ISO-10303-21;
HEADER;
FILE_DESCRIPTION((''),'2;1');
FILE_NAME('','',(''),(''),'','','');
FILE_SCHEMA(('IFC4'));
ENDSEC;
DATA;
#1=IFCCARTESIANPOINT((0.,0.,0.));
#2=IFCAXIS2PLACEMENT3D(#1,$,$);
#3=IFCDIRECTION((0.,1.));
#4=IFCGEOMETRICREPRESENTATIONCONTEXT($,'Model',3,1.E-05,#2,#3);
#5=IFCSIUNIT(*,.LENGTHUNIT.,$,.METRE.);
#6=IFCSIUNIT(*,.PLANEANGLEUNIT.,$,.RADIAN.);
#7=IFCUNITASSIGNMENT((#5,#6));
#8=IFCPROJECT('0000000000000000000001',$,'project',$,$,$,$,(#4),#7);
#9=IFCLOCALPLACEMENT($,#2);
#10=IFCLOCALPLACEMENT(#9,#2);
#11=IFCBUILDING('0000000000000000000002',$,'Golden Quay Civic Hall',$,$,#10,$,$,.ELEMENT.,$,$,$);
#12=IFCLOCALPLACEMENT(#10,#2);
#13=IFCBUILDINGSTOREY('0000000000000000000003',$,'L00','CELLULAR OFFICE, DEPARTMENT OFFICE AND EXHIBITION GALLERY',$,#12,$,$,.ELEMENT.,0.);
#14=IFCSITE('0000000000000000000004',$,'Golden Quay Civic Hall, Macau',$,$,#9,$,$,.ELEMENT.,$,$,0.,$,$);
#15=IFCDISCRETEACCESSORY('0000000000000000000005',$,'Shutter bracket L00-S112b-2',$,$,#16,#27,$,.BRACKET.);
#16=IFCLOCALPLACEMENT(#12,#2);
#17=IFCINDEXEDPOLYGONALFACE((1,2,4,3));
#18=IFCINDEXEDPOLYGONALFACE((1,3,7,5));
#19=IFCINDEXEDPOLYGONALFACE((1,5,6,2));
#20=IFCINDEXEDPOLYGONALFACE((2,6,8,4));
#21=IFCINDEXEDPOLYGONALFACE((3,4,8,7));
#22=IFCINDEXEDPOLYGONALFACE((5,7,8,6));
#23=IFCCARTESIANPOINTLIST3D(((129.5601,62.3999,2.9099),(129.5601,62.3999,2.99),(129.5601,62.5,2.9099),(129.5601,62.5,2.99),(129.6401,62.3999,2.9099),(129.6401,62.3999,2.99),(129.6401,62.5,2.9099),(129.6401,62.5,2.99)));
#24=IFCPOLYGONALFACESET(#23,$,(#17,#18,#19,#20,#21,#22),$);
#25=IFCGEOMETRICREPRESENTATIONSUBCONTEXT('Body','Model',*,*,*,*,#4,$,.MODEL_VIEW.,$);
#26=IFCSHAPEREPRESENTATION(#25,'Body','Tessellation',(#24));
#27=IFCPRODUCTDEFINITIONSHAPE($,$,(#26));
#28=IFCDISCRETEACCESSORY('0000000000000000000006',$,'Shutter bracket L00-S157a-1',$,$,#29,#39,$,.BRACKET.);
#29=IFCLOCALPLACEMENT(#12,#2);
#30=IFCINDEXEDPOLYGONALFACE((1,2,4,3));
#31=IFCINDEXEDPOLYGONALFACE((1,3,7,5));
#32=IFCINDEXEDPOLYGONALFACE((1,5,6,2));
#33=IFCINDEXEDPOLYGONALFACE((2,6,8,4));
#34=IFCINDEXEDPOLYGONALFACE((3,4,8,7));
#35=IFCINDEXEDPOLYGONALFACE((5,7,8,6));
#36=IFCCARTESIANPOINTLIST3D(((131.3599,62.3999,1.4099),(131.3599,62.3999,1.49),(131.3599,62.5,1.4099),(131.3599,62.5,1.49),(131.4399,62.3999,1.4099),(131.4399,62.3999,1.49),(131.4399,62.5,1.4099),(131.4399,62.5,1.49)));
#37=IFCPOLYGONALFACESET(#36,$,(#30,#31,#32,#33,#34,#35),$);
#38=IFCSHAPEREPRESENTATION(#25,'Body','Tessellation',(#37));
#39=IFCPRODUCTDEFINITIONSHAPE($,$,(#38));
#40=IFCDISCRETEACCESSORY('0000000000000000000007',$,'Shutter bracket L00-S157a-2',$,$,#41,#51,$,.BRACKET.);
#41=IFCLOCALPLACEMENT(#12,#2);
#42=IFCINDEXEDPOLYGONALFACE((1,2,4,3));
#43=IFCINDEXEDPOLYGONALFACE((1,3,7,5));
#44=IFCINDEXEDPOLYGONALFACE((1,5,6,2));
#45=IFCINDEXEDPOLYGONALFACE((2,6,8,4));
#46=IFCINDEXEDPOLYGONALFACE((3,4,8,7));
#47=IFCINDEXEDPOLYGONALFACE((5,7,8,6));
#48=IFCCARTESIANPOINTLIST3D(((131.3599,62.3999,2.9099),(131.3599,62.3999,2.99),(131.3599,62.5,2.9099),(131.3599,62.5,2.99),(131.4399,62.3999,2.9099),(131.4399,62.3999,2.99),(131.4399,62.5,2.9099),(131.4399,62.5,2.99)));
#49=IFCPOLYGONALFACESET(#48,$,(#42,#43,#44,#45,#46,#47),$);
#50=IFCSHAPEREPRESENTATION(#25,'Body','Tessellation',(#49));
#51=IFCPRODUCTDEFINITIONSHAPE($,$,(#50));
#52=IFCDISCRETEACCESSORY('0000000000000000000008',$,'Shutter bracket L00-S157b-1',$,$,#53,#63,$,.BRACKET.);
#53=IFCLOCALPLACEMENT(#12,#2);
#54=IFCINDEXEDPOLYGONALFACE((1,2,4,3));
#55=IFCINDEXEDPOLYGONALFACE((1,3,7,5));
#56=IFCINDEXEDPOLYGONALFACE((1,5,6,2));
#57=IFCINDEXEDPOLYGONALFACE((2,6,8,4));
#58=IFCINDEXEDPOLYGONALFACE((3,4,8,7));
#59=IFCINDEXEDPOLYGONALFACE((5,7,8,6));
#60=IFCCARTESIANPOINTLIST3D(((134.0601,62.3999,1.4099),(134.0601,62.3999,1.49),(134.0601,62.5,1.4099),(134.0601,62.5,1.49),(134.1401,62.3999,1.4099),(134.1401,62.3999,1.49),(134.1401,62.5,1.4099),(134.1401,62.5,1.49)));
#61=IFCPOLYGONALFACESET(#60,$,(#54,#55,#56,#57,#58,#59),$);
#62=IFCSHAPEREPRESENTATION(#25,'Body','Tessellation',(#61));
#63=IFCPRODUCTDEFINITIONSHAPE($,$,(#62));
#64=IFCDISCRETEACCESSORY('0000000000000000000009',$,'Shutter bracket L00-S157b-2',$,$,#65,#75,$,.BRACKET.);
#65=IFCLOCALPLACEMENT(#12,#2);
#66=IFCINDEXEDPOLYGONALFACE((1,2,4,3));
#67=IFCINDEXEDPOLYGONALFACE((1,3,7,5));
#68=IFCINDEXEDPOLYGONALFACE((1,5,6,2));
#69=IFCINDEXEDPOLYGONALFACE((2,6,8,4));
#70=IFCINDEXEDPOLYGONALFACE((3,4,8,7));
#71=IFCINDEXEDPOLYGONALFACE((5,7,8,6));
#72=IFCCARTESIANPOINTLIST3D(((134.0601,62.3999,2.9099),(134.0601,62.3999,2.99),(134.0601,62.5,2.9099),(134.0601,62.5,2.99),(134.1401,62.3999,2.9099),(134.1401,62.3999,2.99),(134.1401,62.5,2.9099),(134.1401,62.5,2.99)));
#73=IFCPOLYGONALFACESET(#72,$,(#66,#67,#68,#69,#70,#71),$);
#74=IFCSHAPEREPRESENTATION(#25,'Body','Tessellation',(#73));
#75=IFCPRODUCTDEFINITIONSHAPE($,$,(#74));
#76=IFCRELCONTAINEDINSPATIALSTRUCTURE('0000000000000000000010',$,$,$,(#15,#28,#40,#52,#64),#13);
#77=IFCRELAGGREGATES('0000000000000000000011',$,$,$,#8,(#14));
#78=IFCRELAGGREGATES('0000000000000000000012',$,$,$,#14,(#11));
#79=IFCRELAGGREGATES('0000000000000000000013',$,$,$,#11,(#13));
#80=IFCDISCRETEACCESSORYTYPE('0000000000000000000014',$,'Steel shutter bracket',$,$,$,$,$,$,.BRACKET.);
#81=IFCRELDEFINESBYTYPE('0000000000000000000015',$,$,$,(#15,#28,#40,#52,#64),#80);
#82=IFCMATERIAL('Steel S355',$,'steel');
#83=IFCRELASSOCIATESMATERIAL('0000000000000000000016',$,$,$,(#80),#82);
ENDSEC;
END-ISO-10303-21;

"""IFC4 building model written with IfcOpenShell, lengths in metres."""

from ifc_helpers import new_model, si_unit, direction, frame, origin, origin_2d, place, context, subcontext, project, spatial, rectangle, extrude, material, type_object, element, save


model = new_model("IFC4")

# Units and contexts
model_context = context("Model", 3, precision=1e-05, world=origin(), true_north=direction((0.0, 1.0)))
body_context = subcontext(model_context, "Body", "Model", "MODEL_VIEW")
ifc_project = project(units=[si_unit("LENGTHUNIT", "METRE"), si_unit("PLANEANGLEUNIT", "RADIAN")], contexts=[model_context])

# Site, building, storey
site_placement = place(None, origin())
site = spatial("IfcSite", under=ifc_project, at=site_placement, Name="Golden Quay Civic Hall, Macau", CompositionType="ELEMENT", RefElevation=0.0)
building_placement = place(site_placement, origin())
building = spatial("IfcBuilding", under=site, at=building_placement, Name="Golden Quay Civic Hall", CompositionType="ELEMENT")
storey_placement = place(building_placement, origin())
storey = spatial("IfcBuildingStorey", under=building, at=storey_placement, Name="L00", Description="CELLULAR OFFICE, DEPARTMENT OFFICE AND EXHIBITION GALLERY", CompositionType="ELEMENT", Elevation=0.0)

# Discrete accessories
ifc_material_1 = material(Name="Steel S355", Category="steel")
discrete_accessory_type = type_object("IfcDiscreteAccessoryType", Name="Steel shutter bracket", PredefinedType="BRACKET", material=ifc_material_1)
for number, where, z_axis, x_axis, name in (
    (1, (129.6001, 62.45, 2.9099), (0.0, 0.0, 1.0), (1.0, 0.0, 0.0), "Shutter bracket L00-S112b-2"),
    (2, (131.3999, 62.45, 1.4099), (0.0, 0.0, 1.0), (1.0, 0.0, 0.0), "Shutter bracket L00-S157a-1"),
    (3, (131.3999, 62.45, 2.9099), (0.0, 0.0, 1.0), (1.0, 0.0, 0.0), "Shutter bracket L00-S157a-2"),
    (4, (134.1001, 62.45, 1.4099), (0.0, 0.0, 1.0), (1.0, 0.0, 0.0), "Shutter bracket L00-S157b-1"),
    (5, (134.1001, 62.45, 2.9099), (0.0, 0.0, 1.0), (1.0, 0.0, 0.0), "Shutter bracket L00-S157b-2"),
):
    element("IfcDiscreteAccessory", number, at=place(storey_placement, frame(where, z_axis=z_axis, x_axis=x_axis)), inside=storey, type_object=discrete_accessory_type, Name=name, PredefinedType="BRACKET", context=body_context, shape_type="SweptSolid", body=[
        extrude(rectangle(XDim=0.0801, YDim=0.1001, at=origin_2d()), origin(), (0.0, 0.0, 1.0), 0.0801),
    ])

save(model, "model.ifc")
